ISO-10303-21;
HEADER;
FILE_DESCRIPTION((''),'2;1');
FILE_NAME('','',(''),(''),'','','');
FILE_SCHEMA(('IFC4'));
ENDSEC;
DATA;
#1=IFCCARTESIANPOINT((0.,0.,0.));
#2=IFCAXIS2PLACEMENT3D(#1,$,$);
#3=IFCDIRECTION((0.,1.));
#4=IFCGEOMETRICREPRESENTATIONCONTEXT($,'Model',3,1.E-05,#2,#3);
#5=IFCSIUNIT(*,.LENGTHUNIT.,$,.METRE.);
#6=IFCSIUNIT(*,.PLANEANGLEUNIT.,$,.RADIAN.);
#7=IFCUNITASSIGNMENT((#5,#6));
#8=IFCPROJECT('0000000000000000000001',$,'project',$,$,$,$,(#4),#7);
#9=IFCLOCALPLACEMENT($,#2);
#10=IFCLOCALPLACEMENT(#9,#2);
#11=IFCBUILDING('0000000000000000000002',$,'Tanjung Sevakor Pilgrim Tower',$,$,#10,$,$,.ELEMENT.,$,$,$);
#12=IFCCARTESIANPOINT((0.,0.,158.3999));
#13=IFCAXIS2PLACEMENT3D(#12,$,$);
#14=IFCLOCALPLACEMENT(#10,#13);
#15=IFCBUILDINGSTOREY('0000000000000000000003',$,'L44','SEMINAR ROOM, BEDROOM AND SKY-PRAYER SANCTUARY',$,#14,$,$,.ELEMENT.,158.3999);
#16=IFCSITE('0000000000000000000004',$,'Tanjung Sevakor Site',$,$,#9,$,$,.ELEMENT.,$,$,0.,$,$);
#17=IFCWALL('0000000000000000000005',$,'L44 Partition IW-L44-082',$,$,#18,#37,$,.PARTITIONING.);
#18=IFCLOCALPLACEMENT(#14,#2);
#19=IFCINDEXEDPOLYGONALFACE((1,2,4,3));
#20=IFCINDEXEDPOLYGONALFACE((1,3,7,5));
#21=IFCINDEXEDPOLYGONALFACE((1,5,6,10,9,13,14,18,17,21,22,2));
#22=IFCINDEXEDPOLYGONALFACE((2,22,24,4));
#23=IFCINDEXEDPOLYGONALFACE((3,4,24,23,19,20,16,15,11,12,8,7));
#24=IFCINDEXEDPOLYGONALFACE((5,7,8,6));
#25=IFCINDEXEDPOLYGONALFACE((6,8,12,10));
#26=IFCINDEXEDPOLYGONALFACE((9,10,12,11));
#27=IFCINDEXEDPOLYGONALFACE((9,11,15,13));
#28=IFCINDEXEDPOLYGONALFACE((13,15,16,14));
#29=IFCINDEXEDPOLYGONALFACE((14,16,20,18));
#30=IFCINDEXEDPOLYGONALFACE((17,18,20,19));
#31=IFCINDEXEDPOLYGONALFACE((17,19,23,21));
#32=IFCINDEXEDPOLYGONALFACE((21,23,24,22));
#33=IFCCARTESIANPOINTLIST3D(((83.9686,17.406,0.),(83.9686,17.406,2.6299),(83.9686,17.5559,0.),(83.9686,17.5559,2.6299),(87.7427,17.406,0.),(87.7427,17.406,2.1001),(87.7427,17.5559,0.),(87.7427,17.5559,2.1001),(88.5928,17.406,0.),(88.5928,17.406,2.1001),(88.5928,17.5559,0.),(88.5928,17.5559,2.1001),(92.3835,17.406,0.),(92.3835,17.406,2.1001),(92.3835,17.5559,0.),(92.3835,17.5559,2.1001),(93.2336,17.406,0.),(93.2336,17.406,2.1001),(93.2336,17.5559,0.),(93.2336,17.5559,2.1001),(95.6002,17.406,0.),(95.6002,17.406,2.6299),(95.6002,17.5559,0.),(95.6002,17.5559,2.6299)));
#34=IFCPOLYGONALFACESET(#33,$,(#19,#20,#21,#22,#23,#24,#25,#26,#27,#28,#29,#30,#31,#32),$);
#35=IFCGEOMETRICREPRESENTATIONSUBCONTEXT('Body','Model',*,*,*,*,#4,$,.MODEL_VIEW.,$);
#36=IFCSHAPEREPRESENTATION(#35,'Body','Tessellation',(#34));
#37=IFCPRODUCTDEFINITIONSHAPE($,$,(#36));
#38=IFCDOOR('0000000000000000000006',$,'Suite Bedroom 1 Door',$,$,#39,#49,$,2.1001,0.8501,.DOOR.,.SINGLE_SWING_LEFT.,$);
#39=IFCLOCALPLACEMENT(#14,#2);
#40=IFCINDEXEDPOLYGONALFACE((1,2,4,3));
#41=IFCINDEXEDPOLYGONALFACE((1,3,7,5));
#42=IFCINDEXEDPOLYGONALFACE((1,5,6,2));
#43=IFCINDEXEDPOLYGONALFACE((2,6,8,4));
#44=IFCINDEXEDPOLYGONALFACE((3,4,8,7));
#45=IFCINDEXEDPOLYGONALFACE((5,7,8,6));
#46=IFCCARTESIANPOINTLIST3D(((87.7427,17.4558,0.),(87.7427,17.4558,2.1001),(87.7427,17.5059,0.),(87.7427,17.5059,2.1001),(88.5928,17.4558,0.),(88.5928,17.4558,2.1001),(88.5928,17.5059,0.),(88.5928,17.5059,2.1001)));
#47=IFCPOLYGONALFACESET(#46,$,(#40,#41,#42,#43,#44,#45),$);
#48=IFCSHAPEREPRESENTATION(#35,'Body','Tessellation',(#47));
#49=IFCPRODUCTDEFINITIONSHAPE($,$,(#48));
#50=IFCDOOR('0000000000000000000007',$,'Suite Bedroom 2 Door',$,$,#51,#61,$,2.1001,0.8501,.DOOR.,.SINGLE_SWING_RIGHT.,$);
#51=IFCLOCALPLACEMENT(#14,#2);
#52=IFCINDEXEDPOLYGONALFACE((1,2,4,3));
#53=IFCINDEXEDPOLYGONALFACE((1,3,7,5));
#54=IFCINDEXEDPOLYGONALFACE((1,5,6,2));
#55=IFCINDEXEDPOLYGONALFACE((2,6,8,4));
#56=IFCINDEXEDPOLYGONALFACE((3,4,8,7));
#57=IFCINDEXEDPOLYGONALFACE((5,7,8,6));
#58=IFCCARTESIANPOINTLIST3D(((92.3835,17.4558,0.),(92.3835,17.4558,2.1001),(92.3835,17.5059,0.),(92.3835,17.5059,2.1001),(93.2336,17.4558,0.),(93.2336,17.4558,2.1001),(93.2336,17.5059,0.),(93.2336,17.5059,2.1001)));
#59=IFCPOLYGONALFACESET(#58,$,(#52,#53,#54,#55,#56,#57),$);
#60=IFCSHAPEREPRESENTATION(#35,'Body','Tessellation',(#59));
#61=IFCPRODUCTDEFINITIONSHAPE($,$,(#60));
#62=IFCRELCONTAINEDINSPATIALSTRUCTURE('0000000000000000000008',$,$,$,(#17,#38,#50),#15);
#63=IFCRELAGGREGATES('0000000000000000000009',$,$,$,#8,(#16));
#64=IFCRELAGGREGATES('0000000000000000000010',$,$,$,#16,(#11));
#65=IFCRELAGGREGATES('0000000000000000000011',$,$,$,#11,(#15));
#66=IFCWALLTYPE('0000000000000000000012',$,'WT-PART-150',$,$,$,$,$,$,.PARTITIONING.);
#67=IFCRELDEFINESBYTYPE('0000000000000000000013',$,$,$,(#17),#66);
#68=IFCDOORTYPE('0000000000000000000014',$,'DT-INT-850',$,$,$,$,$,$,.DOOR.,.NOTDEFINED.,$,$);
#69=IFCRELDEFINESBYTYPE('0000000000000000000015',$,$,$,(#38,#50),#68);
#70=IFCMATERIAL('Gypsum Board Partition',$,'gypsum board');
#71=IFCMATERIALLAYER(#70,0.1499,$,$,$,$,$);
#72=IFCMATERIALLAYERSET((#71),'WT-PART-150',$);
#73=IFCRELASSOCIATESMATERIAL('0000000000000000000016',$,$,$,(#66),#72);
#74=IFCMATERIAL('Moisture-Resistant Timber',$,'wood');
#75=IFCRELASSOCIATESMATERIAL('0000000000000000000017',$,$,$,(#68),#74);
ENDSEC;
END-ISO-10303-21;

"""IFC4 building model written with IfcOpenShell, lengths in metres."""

from ifc_helpers import new_model, si_unit, direction, frame, frame_2d, origin, place, context, subcontext, project, spatial, rectangle, extrude, material, layer, layer_set, type_object, element, fill, save


model = new_model("IFC4")

# Units and contexts
model_context = context("Model", 3, precision=1e-05, world=origin(), true_north=direction((0.0, 1.0)))
body_context = subcontext(model_context, "Body", "Model", "MODEL_VIEW")
ifc_project = project(units=[si_unit("LENGTHUNIT", "METRE"), si_unit("PLANEANGLEUNIT", "RADIAN")], contexts=[model_context])

# Site, building, storey
site_placement = place(None, origin())
site = spatial("IfcSite", under=ifc_project, at=site_placement, Name="Tanjung Sevakor Site", CompositionType="ELEMENT", RefElevation=0.0)
building_placement = place(site_placement, origin())
building = spatial("IfcBuilding", under=site, at=building_placement, Name="Tanjung Sevakor Pilgrim Tower", CompositionType="ELEMENT")
storey_placement = place(building_placement, frame((0.0, 0.0, 158.3999)))
storey = spatial("IfcBuildingStorey", under=building, at=storey_placement, Name="L44", Description="SEMINAR ROOM, BEDROOM AND SKY-PRAYER SANCTUARY", CompositionType="ELEMENT", Elevation=158.3999)

# Shared definitions
ifc_material_1 = material(Name="Gypsum Board Partition", Category="gypsum board")
ifc_layer_1 = layer(ifc_material_1, 0.1499)
ifc_layer_set_1 = layer_set([ifc_layer_1], Name="WT-PART-150")
wall_type_1 = type_object("IfcWallType", Name="WT-PART-150", PredefinedType="PARTITIONING", material=ifc_layer_set_1)
ifc_material_2 = material(Name="Moisture-Resistant Timber", Category="wood")
door_type_1 = type_object("IfcDoorType", Name="DT-INT-850", OperationType="NOTDEFINED", PredefinedType="DOOR", material=ifc_material_2)

# Wall, openings, doors
wall_1_placement = place(storey_placement, frame((83.9685, 17.481, 0.0), z_axis=(0.0, 0.0, 1.0), x_axis=(1.0, 0.0, 0.0)))
wall_1 = element("IfcWall", 1, at=wall_1_placement, inside=storey, type_object=wall_type_1, Name="L44 Partition IW-L44-082", PredefinedType="PARTITIONING", context=body_context, shape_type="SweptSolid", body=[
    extrude(rectangle(XDim=11.6316, YDim=0.1499, at=frame_2d((5.8159, 0.0))), origin(), (0.0, 0.0, 1.0), 2.6299),
])
opening_1_placement = place(wall_1_placement, frame((3.7742, 0.0, 0.0)))
opening_1 = element("IfcOpeningElement", 2, at=opening_1_placement, cuts=wall_1, PredefinedType="OPENING", context=body_context, shape_type="SweptSolid", body=[
    extrude(rectangle(XDim=0.8501, YDim=2.1001, at=frame_2d((0.425, 1.05))), frame((0.0, 0.085, 0.0), z_axis=(0.0, -1.0, 0.0), x_axis=(1.0, 0.0, 0.0)), (0.0, 0.0, 1.0), 0.1699),
])
opening_2_placement = place(wall_1_placement, frame((8.415, 0.0, 0.0)))
opening_2 = element("IfcOpeningElement", 3, at=opening_2_placement, cuts=wall_1, PredefinedType="OPENING", context=body_context, shape_type="SweptSolid", body=[
    extrude(rectangle(XDim=0.8501, YDim=2.1001, at=frame_2d((0.425, 1.05))), frame((0.0, 0.085, 0.0), z_axis=(0.0, -1.0, 0.0), x_axis=(1.0, 0.0, 0.0)), (0.0, 0.0, 1.0), 0.1699),
])
door_1_placement = place(opening_1_placement, origin())
door_1 = element("IfcDoor", 4, at=door_1_placement, inside=storey, type_object=door_type_1, Name="Suite Bedroom 1 Door", OperationType="SINGLE_SWING_LEFT", OverallHeight=2.1001, OverallWidth=0.8501, PredefinedType="DOOR", context=body_context, shape_type="SweptSolid", body=[
    extrude(rectangle(XDim=0.8501, YDim=2.1001, at=frame_2d((0.425, 1.05))), frame((0.0, 0.0249, 0.0), z_axis=(0.0, -1.0, 0.0), x_axis=(1.0, 0.0, 0.0)), (0.0, 0.0, 1.0), 0.05),
])
fill(opening_1, door_1)
door_2_placement = place(opening_2_placement, origin())
door_2 = element("IfcDoor", 5, at=door_2_placement, inside=storey, type_object=door_type_1, Name="Suite Bedroom 2 Door", OperationType="SINGLE_SWING_RIGHT", OverallHeight=2.1001, OverallWidth=0.8501, PredefinedType="DOOR", context=body_context, shape_type="SweptSolid", body=[
    extrude(rectangle(XDim=0.8501, YDim=2.1001, at=frame_2d((0.425, 1.05))), frame((0.0, 0.0249, 0.0), z_axis=(0.0, -1.0, 0.0), x_axis=(1.0, 0.0, 0.0)), (0.0, 0.0, 1.0), 0.05),
])
fill(opening_2, door_2)

save(model, "model.ifc")
